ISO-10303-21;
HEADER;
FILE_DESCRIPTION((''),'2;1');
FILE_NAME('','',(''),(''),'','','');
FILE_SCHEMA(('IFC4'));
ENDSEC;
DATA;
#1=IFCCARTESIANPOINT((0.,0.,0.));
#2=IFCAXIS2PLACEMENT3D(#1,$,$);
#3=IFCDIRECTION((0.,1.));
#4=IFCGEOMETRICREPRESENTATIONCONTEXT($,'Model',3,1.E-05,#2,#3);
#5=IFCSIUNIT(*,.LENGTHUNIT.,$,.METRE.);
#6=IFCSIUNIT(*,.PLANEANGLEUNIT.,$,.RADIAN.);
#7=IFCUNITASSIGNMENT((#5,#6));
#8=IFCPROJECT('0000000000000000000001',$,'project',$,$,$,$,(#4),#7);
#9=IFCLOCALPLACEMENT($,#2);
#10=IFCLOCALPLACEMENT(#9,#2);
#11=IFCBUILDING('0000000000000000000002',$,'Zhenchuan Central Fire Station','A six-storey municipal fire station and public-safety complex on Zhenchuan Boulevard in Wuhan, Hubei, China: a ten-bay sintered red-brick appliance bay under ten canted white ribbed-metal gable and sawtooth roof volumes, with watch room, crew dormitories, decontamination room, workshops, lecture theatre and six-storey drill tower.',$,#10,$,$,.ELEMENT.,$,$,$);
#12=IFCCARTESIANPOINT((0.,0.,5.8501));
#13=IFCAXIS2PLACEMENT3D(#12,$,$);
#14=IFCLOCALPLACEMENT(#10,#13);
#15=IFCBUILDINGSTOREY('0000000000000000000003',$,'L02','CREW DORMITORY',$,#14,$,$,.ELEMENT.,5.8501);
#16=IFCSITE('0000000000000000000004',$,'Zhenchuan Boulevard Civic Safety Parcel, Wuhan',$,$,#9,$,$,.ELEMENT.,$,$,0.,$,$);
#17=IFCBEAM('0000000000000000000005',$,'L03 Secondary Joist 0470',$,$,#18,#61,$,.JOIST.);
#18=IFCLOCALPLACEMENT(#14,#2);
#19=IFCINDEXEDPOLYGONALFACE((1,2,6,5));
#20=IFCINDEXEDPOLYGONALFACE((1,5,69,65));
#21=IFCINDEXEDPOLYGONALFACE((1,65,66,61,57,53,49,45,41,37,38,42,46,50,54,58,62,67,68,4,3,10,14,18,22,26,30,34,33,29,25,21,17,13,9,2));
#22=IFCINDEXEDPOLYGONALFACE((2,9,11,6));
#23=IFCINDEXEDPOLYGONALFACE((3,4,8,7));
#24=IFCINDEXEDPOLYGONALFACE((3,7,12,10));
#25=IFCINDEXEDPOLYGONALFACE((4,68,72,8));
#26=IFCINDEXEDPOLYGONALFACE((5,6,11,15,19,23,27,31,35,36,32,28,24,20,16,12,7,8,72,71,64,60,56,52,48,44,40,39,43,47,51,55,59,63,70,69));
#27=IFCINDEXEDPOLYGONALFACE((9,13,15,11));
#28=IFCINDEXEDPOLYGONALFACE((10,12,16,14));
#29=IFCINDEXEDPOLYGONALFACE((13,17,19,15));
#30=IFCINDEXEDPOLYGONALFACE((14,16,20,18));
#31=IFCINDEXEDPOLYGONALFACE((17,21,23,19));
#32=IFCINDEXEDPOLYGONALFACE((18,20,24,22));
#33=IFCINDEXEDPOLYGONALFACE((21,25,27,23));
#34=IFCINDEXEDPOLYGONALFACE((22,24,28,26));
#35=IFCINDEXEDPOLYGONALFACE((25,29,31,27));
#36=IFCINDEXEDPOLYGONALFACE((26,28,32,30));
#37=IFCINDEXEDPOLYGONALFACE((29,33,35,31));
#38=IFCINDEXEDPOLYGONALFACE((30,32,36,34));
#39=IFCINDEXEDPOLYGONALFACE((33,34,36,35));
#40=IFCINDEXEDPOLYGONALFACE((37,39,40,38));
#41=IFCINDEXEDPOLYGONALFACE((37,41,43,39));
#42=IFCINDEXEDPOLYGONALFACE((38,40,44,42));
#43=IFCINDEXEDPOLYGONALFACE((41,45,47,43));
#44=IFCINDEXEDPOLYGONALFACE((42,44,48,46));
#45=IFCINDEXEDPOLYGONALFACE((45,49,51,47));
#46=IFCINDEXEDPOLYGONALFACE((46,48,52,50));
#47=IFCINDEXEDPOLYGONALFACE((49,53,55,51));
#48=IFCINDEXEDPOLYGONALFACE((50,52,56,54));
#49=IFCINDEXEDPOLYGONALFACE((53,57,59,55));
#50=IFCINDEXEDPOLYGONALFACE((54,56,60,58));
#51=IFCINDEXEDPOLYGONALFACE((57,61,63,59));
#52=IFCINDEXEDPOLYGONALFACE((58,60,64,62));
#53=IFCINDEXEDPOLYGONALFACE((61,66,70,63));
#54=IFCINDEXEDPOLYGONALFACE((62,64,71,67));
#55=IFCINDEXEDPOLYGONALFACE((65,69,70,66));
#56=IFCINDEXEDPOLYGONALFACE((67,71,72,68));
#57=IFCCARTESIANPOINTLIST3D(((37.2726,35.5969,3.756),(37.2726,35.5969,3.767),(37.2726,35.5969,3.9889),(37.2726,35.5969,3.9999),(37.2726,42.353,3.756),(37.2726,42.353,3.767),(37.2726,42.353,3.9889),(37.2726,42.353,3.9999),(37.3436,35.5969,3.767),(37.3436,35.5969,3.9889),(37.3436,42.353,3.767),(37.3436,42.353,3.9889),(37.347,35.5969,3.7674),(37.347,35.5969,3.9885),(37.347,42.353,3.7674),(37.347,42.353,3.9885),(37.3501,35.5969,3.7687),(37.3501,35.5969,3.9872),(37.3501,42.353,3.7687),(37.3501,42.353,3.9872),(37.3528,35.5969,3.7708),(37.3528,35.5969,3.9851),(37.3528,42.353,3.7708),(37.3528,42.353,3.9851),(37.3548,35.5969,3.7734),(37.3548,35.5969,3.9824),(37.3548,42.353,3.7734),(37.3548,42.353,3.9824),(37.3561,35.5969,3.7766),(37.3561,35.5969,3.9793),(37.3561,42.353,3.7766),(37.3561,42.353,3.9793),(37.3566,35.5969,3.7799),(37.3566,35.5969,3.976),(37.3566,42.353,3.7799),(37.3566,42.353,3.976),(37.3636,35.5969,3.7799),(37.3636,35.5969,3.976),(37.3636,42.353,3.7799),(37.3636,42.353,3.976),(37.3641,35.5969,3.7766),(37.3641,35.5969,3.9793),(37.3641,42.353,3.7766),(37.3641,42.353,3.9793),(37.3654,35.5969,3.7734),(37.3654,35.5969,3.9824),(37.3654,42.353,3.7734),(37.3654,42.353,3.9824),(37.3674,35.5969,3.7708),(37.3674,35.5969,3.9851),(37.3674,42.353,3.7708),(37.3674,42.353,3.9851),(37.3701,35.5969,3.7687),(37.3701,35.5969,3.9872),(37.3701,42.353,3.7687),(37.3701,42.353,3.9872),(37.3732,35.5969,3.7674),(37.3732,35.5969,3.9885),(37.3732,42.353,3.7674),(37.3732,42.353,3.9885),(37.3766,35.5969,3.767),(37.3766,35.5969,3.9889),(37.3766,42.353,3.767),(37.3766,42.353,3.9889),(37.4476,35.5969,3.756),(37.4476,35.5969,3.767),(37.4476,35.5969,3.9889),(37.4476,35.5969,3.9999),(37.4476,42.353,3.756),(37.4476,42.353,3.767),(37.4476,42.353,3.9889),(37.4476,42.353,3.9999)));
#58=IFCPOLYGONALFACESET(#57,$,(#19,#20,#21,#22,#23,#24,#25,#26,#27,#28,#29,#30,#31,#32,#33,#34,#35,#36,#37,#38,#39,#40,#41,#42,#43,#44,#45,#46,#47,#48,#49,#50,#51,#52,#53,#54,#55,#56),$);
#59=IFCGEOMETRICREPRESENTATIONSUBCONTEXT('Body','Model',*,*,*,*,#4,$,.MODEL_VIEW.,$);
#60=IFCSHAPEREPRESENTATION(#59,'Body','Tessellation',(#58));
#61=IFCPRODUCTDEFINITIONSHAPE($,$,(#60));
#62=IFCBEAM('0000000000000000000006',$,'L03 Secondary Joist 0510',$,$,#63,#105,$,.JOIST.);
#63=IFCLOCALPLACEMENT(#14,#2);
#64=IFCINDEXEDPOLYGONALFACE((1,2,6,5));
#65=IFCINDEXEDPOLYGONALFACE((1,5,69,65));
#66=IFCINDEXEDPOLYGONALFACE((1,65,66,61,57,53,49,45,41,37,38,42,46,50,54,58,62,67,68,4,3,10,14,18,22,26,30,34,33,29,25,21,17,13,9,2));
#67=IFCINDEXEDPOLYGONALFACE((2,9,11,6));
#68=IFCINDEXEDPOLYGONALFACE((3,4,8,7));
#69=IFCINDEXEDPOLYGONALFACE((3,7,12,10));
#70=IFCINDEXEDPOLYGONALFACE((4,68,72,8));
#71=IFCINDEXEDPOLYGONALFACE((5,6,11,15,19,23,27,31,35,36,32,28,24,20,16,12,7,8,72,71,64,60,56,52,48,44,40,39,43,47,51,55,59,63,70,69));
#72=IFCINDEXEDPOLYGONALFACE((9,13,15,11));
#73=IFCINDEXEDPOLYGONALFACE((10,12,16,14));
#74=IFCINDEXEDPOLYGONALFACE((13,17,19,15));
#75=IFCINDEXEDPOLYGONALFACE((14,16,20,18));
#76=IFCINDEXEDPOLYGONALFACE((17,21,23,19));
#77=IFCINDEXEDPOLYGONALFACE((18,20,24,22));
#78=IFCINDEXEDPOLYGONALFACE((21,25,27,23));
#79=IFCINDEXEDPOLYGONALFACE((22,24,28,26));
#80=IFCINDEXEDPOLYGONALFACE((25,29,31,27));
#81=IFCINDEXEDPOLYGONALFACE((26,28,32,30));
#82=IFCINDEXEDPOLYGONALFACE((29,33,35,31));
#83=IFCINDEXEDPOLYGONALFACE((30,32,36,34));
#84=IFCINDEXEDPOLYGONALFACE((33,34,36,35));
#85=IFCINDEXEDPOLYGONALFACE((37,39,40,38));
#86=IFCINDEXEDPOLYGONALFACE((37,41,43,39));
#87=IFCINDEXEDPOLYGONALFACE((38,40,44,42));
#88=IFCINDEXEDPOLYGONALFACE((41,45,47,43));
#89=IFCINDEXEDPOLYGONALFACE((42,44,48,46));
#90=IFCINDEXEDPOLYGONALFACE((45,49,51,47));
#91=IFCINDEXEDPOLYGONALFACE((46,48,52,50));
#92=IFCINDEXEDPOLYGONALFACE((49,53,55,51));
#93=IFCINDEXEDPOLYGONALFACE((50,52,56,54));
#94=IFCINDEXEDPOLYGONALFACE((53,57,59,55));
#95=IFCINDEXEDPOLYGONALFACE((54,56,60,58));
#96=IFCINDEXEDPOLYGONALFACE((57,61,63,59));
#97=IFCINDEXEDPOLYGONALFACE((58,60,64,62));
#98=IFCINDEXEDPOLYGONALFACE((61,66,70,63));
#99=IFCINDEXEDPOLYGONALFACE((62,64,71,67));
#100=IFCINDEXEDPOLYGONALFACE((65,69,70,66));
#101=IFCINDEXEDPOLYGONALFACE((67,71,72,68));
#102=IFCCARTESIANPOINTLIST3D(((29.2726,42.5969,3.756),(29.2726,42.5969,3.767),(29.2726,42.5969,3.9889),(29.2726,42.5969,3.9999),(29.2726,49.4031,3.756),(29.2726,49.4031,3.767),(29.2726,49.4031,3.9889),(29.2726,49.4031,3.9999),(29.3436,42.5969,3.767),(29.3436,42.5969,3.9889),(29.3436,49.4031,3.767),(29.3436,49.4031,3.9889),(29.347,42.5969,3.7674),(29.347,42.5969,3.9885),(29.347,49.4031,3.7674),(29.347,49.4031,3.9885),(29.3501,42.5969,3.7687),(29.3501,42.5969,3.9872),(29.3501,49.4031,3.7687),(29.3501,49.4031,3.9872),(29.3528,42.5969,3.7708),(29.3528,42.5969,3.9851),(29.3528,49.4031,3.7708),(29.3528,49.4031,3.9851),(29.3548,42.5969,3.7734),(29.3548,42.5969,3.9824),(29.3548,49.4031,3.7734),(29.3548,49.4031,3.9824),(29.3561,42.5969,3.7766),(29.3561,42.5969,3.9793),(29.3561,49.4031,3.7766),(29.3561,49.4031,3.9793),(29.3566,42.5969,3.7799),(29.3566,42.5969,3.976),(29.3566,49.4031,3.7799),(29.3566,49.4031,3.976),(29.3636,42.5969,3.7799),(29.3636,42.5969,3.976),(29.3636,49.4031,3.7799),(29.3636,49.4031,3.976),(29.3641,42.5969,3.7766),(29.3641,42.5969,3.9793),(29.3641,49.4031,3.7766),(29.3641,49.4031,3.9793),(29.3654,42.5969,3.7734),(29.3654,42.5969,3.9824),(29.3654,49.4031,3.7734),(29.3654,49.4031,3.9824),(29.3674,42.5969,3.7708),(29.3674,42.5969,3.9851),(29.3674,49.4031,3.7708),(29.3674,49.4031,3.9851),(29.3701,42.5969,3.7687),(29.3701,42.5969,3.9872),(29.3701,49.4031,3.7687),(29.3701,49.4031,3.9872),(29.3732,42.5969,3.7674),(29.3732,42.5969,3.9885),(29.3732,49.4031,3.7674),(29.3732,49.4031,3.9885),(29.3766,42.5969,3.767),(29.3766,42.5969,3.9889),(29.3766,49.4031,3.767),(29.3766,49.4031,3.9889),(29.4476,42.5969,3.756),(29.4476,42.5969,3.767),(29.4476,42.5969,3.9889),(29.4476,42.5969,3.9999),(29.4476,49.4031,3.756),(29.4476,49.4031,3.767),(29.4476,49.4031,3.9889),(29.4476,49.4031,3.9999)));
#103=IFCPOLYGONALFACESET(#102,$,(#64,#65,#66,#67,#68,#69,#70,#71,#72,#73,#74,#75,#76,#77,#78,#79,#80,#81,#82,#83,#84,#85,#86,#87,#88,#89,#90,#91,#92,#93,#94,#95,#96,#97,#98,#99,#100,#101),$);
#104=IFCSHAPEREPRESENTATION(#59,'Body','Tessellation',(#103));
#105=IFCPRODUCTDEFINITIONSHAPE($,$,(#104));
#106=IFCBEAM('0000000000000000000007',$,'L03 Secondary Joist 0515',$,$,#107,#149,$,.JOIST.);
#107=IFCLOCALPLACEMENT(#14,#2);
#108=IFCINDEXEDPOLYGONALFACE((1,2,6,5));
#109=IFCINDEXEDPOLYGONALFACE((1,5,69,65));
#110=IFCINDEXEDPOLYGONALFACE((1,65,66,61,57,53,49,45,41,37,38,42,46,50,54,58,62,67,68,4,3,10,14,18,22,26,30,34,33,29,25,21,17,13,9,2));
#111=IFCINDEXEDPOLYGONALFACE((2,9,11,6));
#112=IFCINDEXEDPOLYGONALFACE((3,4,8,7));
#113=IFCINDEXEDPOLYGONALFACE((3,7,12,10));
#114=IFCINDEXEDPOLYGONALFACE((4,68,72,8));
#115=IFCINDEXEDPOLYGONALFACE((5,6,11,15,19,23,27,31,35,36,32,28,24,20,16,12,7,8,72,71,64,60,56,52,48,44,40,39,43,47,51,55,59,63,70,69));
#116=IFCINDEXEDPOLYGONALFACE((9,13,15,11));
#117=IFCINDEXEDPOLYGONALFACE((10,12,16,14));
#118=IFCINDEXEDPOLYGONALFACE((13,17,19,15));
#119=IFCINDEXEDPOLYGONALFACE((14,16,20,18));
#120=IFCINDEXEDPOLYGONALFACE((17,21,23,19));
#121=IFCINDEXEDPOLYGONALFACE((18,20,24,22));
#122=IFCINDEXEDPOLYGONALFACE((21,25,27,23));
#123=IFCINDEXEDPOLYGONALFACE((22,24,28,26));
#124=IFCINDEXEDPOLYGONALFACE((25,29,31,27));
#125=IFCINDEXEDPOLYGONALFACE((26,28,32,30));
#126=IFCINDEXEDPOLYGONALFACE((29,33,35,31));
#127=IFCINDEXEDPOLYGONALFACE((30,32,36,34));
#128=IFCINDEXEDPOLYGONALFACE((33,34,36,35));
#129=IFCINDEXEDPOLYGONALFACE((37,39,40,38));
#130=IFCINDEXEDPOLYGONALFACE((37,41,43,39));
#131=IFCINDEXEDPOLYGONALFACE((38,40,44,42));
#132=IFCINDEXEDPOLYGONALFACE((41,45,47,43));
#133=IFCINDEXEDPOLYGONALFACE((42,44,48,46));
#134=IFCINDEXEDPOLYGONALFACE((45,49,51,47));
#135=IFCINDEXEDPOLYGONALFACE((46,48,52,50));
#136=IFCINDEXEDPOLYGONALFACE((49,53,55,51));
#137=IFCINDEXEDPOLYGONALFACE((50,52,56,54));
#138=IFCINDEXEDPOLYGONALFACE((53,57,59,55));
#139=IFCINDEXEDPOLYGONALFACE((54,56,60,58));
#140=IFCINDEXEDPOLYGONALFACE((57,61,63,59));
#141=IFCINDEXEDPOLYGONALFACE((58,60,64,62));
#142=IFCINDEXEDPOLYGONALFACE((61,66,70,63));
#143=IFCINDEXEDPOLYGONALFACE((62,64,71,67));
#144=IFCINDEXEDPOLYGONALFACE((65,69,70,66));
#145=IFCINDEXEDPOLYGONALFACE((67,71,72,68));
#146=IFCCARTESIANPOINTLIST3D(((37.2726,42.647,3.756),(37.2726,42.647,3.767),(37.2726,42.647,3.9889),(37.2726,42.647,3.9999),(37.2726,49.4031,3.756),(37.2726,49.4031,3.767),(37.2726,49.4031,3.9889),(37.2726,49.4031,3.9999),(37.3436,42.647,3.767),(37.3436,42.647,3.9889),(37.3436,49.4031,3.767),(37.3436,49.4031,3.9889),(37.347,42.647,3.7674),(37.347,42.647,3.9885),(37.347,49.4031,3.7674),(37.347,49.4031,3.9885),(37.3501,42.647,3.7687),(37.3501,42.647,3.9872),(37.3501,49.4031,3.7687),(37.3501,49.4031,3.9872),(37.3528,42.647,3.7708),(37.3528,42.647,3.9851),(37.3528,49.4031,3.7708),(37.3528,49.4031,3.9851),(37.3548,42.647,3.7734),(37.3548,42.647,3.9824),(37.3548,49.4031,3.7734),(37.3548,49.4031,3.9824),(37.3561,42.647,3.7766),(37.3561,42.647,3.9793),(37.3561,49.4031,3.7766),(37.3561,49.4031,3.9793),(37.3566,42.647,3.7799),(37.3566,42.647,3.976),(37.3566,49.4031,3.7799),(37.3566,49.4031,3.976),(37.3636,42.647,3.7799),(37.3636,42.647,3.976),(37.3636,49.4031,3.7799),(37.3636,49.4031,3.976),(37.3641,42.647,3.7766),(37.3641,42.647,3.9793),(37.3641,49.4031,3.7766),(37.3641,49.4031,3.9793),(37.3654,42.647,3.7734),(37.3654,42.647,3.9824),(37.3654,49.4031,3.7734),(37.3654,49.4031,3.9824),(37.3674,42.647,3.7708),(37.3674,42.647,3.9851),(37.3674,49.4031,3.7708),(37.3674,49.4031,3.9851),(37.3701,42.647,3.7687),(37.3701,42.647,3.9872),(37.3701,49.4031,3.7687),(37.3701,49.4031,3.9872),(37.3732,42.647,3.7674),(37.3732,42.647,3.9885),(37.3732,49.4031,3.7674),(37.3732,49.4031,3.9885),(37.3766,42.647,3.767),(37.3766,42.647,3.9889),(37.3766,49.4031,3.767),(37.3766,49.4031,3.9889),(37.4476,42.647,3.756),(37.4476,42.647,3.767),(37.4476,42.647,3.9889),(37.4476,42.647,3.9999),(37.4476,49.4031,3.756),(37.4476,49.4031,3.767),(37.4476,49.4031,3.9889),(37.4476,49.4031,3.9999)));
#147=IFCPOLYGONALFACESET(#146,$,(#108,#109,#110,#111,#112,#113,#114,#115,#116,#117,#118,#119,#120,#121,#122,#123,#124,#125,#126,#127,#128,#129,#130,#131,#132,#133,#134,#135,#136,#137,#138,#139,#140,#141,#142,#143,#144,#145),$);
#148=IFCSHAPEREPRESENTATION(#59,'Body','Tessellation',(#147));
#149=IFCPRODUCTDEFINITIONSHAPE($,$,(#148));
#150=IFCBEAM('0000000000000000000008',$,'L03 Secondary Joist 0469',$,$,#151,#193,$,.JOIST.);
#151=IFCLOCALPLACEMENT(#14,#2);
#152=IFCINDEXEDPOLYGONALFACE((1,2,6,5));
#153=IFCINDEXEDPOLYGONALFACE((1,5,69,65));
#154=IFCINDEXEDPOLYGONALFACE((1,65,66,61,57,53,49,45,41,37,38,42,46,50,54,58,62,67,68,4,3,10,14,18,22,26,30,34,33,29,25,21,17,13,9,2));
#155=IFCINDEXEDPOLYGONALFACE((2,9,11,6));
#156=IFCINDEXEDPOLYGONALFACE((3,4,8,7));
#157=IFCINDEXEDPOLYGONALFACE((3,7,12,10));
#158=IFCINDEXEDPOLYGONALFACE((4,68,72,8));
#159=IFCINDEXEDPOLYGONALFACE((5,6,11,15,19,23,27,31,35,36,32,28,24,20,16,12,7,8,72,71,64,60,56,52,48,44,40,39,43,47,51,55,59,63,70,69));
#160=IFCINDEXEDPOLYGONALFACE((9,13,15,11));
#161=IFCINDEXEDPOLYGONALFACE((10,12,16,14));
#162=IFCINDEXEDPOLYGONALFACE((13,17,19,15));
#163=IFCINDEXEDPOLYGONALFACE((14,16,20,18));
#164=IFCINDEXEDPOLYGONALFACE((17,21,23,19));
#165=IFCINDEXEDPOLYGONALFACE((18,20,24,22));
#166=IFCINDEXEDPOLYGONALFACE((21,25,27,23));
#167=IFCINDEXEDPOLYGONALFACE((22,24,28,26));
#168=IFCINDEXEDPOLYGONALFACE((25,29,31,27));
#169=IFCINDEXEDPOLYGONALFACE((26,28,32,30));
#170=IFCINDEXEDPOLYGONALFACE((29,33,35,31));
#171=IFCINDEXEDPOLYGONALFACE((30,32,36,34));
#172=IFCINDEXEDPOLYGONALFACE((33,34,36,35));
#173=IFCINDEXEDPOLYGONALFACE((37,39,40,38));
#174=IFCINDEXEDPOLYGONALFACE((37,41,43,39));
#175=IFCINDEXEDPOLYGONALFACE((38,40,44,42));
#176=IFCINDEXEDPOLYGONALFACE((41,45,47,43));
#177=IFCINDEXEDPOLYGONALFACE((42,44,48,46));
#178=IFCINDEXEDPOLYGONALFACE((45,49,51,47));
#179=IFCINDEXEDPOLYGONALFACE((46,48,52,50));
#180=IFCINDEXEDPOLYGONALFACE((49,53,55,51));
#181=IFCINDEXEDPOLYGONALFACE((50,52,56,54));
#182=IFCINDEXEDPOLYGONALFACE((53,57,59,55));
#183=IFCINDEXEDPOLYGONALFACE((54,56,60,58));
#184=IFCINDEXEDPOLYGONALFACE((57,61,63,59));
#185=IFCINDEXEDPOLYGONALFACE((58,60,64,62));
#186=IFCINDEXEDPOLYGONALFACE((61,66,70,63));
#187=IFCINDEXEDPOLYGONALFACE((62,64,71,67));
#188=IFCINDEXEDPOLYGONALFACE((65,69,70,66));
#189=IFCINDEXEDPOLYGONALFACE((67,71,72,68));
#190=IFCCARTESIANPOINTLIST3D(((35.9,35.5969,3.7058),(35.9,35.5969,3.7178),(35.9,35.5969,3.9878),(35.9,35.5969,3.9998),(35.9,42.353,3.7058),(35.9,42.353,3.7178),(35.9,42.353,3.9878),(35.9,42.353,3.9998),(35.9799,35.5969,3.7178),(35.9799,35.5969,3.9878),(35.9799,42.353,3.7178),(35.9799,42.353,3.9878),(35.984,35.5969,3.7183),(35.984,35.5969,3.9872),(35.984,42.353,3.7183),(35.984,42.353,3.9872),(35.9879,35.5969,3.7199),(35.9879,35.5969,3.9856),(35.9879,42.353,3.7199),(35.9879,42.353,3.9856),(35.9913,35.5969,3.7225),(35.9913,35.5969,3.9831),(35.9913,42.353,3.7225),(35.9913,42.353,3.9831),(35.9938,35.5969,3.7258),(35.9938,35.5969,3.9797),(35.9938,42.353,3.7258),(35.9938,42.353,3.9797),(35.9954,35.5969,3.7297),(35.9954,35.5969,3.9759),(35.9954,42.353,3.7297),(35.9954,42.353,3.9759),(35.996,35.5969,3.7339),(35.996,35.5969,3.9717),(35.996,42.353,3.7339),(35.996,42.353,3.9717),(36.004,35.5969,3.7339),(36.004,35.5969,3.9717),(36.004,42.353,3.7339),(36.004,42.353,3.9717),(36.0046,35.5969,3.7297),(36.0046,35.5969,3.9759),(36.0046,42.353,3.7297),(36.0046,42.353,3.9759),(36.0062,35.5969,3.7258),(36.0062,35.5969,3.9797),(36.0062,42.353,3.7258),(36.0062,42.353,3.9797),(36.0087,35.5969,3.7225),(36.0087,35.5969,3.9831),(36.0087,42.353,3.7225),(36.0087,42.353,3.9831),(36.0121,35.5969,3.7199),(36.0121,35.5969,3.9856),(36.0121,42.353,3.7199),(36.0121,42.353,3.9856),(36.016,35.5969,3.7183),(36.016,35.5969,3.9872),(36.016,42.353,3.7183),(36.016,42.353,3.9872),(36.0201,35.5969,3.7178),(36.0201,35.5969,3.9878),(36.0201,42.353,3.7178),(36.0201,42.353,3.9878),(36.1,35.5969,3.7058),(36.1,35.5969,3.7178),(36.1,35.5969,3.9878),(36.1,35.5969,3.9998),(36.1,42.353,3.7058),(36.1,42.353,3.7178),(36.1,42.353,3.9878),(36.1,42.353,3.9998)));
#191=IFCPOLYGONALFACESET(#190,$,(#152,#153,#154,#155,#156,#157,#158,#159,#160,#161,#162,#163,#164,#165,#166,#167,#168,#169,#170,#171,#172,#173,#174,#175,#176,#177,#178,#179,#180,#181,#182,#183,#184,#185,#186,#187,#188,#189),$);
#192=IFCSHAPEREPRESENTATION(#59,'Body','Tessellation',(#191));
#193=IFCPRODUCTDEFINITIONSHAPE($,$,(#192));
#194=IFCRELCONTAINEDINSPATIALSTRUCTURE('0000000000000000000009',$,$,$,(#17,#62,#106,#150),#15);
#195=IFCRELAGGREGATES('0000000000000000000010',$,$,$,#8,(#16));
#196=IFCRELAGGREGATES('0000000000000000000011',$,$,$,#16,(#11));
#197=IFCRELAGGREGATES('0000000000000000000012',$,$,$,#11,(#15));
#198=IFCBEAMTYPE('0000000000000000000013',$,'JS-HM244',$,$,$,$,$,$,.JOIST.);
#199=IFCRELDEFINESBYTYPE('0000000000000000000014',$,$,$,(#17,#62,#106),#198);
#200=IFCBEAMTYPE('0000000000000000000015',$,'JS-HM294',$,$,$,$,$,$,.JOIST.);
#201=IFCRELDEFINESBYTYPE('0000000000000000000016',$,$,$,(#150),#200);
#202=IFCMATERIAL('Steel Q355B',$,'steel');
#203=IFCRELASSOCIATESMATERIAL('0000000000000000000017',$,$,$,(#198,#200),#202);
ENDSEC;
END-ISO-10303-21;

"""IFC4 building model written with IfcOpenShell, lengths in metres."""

from ifc_helpers import new_model, si_unit, direction, frame, origin, origin_2d, place, context, subcontext, project, spatial, i_section, extrude, material, material_profile, profile_set, type_object, element, save


model = new_model("IFC4")

# Units and contexts
model_context = context("Model", 3, precision=1e-05, world=origin(), true_north=direction((0.0, 1.0)))
body_context = subcontext(model_context, "Body", "Model", "MODEL_VIEW")
ifc_project = project(units=[si_unit("LENGTHUNIT", "METRE"), si_unit("PLANEANGLEUNIT", "RADIAN")], contexts=[model_context])

# Site, building, storey
site_placement = place(None, origin())
site = spatial("IfcSite", under=ifc_project, at=site_placement, Name="Zhenchuan Boulevard Civic Safety Parcel, Wuhan", CompositionType="ELEMENT", RefElevation=0.0)
building_placement = place(site_placement, origin())
building = spatial("IfcBuilding", under=site, at=building_placement, Name="Zhenchuan Central Fire Station", Description="A six-storey municipal fire station and public-safety complex on Zhenchuan Boulevard in Wuhan, Hubei, China: a ten-bay sintered red-brick appliance bay under ten canted white ribbed-metal gable and sawtooth roof volumes, with watch room, crew dormitories, decontamination room, workshops, lecture theatre and six-storey drill tower.", CompositionType="ELEMENT")
storey_placement = place(building_placement, frame((0.0, 0.0, 5.8501)))
storey = spatial("IfcBuildingStorey", under=building, at=storey_placement, Name="L02", Description="CREW DORMITORY", CompositionType="ELEMENT", Elevation=5.8501)

# Shared definitions
ifc_material_1 = material(Name="Steel Q355B", Category="steel")

# Beams
ifc_material_profile_1 = material_profile(ifc_material_1, i_section(OverallWidth=0.175, OverallDepth=0.2439, WebThickness=0.0071, FlangeThickness=0.011, FilletRadius=0.0129, at=origin_2d()), Name="HM 244x175")
ifc_profile_set_1 = profile_set([ifc_material_profile_1], Name="Steel Q355B")
beam_type_1 = type_object("IfcBeamType", Name="JS-HM244", PredefinedType="JOIST", material=ifc_profile_set_1)
beam_1_placement = place(storey_placement, frame((37.3601, 35.5969, 3.8779), z_axis=(0.0, 1.0, 0.0), x_axis=(-1.0, 0.0, 0.0)))
element("IfcBeam", 1, at=beam_1_placement, inside=storey, type_object=beam_type_1, Name="L03 Secondary Joist 0470", PredefinedType="JOIST", context=body_context, shape_type="SweptSolid", body=[
    extrude(i_section(OverallWidth=0.175, OverallDepth=0.2439, WebThickness=0.0071, FlangeThickness=0.011, FilletRadius=0.0129, at=origin_2d()), origin(), (0.0, 0.0, 1.0), 6.7561),
])
beam_2_placement = place(storey_placement, frame((29.3601, 42.5969, 3.8779), z_axis=(0.0, 1.0, 0.0), x_axis=(-1.0, 0.0, 0.0)))
element("IfcBeam", 2, at=beam_2_placement, inside=storey, type_object=beam_type_1, Name="L03 Secondary Joist 0510", PredefinedType="JOIST", context=body_context, shape_type="SweptSolid", body=[
    extrude(i_section(OverallWidth=0.175, OverallDepth=0.2439, WebThickness=0.0071, FlangeThickness=0.011, FilletRadius=0.0129, at=origin_2d()), origin(), (0.0, 0.0, 1.0), 6.8062),
])
beam_3_placement = place(storey_placement, frame((37.3601, 42.647, 3.8779), z_axis=(0.0, 1.0, 0.0), x_axis=(-1.0, 0.0, 0.0)))
element("IfcBeam", 3, at=beam_3_placement, inside=storey, type_object=beam_type_1, Name="L03 Secondary Joist 0515", PredefinedType="JOIST", context=body_context, shape_type="SweptSolid", body=[
    extrude(i_section(OverallWidth=0.175, OverallDepth=0.2439, WebThickness=0.0071, FlangeThickness=0.011, FilletRadius=0.0129, at=origin_2d()), origin(), (0.0, 0.0, 1.0), 6.7561),
])
ifc_material_profile_2 = material_profile(ifc_material_1, i_section(OverallWidth=0.2, OverallDepth=0.2939, WebThickness=0.0081, FlangeThickness=0.012, FilletRadius=0.0161, at=origin_2d()), Name="HM 294x200")
ifc_profile_set_2 = profile_set([ifc_material_profile_2], Name="Steel Q355B")
beam_type_2 = type_object("IfcBeamType", Name="JS-HM294", PredefinedType="JOIST", material=ifc_profile_set_2)
beam_4_placement = place(storey_placement, frame((36.0, 35.5969, 3.8528), z_axis=(0.0, 1.0, 0.0), x_axis=(-1.0, 0.0, 0.0)))
element("IfcBeam", 4, at=beam_4_placement, inside=storey, type_object=beam_type_2, Name="L03 Secondary Joist 0469", PredefinedType="JOIST", context=body_context, shape_type="SweptSolid", body=[
    extrude(i_section(OverallWidth=0.2, OverallDepth=0.2939, WebThickness=0.0081, FlangeThickness=0.012, FilletRadius=0.0161, at=origin_2d()), origin(), (0.0, 0.0, 1.0), 6.7561),
])

save(model, "model.ifc")
